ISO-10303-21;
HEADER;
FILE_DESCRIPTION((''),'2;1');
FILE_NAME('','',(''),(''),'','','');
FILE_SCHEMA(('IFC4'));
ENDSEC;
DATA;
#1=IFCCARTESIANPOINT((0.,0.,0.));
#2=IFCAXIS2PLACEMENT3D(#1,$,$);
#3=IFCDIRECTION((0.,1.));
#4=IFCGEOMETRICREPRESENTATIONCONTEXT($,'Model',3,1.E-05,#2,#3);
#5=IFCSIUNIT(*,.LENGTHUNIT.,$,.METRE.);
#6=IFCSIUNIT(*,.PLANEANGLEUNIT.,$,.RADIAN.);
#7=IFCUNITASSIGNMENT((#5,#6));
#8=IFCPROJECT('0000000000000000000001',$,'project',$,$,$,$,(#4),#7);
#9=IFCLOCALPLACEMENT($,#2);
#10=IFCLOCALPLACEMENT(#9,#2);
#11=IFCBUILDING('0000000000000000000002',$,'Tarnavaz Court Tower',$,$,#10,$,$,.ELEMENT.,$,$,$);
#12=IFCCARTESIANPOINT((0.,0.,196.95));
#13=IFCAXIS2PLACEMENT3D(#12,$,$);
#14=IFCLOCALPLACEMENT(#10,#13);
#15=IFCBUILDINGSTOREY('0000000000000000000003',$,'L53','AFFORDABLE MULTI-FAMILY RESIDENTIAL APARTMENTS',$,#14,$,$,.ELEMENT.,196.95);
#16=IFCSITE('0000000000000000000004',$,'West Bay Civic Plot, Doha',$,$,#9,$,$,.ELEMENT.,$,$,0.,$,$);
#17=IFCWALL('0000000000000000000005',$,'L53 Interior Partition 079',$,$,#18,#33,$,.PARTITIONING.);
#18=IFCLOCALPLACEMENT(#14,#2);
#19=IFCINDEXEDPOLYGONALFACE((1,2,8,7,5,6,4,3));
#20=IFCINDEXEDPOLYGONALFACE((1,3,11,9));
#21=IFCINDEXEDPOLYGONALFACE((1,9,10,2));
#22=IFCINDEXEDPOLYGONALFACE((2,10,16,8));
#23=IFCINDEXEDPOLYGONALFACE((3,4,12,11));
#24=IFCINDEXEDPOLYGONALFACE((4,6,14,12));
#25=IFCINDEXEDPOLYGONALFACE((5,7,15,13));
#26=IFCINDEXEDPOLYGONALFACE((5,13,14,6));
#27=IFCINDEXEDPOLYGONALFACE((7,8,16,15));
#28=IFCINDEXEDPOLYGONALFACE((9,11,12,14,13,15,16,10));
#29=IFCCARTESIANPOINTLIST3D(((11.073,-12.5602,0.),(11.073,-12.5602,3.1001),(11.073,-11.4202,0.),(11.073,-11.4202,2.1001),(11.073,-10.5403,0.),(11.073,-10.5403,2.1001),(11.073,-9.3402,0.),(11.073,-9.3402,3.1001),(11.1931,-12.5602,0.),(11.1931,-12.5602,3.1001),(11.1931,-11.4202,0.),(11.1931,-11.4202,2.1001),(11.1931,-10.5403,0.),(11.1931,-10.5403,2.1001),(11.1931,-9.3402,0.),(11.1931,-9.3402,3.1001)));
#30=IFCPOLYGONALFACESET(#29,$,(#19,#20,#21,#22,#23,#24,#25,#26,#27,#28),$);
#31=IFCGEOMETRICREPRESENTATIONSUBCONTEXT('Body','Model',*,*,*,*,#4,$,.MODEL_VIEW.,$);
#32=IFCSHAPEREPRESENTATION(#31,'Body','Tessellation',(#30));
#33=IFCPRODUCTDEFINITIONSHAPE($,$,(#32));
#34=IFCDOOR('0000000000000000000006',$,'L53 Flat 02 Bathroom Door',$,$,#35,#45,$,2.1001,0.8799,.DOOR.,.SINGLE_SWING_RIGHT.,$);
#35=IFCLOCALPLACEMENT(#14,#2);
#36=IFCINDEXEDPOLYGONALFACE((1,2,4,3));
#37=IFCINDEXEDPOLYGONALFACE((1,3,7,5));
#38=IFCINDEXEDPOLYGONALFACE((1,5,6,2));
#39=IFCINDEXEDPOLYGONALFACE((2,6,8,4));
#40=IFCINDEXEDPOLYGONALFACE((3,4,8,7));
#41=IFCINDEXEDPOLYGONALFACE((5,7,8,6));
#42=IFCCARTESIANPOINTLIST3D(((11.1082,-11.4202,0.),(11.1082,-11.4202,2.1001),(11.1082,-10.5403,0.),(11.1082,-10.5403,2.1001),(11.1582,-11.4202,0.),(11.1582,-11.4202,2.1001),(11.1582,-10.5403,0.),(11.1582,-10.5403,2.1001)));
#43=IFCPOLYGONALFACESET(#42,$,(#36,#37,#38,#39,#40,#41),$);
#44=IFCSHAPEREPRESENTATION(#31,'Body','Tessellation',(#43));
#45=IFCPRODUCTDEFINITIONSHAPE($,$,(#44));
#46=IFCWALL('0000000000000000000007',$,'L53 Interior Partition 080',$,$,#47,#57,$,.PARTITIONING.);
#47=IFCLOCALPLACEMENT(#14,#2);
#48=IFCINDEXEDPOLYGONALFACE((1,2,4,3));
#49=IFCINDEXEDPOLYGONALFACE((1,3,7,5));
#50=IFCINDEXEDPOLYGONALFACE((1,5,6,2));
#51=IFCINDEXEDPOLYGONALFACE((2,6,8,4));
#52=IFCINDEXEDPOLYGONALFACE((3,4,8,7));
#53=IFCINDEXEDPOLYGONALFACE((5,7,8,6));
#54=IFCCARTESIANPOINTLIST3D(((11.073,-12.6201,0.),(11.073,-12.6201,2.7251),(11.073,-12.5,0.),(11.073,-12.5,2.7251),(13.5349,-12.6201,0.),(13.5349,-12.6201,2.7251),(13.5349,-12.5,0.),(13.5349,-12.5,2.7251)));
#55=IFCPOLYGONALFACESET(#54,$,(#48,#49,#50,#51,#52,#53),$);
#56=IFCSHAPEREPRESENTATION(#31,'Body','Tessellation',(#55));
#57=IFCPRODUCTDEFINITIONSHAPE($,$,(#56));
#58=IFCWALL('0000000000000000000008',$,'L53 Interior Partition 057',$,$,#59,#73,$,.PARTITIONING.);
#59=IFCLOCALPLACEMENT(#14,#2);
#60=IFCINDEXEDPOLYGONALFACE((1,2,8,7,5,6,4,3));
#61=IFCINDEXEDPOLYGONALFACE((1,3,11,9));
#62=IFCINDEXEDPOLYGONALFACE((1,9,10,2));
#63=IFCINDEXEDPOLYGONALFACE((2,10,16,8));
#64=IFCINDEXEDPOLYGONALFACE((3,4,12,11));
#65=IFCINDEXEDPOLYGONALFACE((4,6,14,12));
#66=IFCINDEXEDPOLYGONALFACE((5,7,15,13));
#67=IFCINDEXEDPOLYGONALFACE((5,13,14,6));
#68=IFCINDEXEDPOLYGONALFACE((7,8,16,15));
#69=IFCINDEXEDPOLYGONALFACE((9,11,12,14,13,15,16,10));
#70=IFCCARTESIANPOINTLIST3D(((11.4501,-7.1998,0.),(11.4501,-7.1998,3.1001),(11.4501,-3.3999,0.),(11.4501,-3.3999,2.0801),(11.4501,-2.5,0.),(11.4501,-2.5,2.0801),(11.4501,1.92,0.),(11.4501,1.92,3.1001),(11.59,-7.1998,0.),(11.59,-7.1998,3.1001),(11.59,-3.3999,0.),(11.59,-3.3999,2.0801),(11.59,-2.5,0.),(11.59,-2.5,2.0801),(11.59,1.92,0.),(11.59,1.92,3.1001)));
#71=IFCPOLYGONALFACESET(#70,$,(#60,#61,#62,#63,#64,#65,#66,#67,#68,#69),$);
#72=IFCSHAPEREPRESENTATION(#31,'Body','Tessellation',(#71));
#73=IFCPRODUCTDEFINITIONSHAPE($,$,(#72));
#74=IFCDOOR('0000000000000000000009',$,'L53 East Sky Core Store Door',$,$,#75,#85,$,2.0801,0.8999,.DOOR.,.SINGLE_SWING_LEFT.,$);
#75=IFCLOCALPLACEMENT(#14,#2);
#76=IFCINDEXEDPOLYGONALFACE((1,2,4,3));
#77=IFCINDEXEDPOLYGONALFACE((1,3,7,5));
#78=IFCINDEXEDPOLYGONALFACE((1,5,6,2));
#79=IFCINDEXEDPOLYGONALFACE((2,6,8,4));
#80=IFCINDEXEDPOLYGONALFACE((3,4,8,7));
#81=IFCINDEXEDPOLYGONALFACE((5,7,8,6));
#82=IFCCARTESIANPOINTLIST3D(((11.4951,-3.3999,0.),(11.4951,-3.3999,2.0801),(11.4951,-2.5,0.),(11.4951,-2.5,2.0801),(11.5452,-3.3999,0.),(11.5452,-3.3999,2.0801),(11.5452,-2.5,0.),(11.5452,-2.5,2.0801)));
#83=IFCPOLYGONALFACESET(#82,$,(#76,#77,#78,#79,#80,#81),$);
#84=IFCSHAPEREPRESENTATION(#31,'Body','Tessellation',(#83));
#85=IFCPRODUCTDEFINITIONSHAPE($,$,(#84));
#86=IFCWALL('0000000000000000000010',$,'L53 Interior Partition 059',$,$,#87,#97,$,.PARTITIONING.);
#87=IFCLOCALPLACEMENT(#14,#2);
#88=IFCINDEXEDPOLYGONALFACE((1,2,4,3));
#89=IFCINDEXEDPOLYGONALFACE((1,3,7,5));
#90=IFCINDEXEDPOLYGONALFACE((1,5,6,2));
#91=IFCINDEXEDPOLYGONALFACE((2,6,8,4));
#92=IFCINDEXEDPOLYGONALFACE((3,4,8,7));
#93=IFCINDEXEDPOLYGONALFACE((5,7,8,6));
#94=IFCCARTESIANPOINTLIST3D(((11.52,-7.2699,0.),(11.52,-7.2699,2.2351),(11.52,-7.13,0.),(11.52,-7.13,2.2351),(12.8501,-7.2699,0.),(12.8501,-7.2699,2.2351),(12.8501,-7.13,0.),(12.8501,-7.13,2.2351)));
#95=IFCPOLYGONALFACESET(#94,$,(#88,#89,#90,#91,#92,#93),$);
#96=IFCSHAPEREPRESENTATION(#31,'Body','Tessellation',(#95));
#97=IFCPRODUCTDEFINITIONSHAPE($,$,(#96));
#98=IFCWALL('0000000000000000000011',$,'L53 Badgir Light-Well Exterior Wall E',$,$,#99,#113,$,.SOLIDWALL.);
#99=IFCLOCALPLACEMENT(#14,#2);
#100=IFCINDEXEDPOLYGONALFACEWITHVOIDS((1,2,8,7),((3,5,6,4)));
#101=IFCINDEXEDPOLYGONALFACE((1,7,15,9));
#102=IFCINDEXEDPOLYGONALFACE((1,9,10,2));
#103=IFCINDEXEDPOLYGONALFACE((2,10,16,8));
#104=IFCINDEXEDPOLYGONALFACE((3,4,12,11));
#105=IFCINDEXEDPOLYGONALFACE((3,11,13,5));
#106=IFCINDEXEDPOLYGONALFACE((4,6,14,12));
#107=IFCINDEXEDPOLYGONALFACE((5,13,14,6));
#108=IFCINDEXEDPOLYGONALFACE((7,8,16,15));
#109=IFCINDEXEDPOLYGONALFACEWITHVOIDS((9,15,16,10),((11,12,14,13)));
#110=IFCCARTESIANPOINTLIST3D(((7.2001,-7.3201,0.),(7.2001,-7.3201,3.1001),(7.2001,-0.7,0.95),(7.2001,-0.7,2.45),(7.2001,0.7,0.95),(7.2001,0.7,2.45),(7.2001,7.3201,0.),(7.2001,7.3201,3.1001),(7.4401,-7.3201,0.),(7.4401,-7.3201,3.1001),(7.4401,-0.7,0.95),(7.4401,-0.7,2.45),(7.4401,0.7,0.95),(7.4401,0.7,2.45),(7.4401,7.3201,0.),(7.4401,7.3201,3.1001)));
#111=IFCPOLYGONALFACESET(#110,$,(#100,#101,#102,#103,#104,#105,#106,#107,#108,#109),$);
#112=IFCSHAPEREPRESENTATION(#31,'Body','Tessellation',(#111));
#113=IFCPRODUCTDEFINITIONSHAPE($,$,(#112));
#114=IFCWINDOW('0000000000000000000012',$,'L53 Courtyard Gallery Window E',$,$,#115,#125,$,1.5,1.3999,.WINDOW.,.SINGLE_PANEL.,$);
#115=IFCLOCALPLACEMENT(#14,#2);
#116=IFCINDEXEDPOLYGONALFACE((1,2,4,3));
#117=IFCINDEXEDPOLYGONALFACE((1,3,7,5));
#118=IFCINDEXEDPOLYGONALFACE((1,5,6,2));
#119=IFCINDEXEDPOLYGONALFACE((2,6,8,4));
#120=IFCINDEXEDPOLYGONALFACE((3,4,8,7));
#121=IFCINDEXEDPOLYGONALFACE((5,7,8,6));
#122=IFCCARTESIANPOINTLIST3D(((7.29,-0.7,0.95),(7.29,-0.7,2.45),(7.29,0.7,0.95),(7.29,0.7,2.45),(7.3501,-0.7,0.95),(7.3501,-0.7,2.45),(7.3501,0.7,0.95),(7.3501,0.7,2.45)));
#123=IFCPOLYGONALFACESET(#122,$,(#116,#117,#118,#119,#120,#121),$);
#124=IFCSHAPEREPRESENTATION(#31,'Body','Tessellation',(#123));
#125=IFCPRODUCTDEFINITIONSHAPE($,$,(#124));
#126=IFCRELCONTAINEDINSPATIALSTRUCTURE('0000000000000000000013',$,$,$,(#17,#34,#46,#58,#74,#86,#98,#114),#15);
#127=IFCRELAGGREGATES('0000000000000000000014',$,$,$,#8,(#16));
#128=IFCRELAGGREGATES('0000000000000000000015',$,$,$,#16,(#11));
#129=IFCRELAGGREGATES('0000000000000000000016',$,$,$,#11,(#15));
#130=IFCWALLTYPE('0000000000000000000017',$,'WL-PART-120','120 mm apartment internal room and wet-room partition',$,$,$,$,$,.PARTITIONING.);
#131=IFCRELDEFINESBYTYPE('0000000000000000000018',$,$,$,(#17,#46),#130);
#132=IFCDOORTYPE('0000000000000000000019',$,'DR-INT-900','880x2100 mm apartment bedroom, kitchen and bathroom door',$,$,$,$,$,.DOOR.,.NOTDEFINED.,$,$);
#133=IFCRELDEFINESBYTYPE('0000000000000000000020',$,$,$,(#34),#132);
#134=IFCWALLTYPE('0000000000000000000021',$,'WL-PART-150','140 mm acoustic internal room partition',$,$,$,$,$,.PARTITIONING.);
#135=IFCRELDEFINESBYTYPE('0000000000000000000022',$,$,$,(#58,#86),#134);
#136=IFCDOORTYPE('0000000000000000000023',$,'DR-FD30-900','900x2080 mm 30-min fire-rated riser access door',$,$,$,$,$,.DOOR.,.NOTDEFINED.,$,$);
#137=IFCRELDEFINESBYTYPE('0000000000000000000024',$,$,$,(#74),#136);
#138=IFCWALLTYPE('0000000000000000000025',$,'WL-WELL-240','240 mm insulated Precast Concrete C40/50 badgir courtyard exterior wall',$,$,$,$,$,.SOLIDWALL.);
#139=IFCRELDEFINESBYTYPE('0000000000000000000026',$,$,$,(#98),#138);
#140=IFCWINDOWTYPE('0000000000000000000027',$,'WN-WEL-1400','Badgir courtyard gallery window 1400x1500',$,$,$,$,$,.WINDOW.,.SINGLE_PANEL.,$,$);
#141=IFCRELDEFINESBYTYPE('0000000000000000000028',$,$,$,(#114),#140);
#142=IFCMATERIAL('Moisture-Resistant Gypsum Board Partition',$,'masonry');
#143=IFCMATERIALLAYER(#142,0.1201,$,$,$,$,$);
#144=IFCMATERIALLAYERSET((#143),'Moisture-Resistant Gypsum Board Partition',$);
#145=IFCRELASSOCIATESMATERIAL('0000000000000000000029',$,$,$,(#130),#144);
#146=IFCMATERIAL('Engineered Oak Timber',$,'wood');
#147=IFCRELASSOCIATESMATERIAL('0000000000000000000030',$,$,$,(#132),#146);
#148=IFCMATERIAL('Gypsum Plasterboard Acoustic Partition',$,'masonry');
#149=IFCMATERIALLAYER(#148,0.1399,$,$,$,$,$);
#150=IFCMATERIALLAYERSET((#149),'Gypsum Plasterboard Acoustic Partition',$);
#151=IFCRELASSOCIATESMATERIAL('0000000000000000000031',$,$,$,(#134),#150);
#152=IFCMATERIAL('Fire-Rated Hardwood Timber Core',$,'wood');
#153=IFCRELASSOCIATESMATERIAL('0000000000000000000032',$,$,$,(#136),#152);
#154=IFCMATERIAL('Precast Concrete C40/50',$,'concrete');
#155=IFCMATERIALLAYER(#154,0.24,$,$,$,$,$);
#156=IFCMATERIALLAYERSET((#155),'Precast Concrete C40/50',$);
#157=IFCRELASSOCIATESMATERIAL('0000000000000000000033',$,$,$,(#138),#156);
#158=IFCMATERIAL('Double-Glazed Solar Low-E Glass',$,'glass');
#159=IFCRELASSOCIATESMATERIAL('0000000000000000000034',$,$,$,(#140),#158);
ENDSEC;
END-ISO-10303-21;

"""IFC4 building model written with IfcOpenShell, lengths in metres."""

from ifc_helpers import new_model, si_unit, direction, frame, frame_2d, origin, place, context, subcontext, project, spatial, rectangle, extrude, material, layer, layer_set, type_object, element, fill, save


model = new_model("IFC4")

# Units and contexts
model_context = context("Model", 3, precision=1e-05, world=origin(), true_north=direction((0.0, 1.0)))
body_context = subcontext(model_context, "Body", "Model", "MODEL_VIEW")
ifc_project = project(units=[si_unit("LENGTHUNIT", "METRE"), si_unit("PLANEANGLEUNIT", "RADIAN")], contexts=[model_context])

# Site, building, storey
site_placement = place(None, origin())
site = spatial("IfcSite", under=ifc_project, at=site_placement, Name="West Bay Civic Plot, Doha", CompositionType="ELEMENT", RefElevation=0.0)
building_placement = place(site_placement, origin())
building = spatial("IfcBuilding", under=site, at=building_placement, Name="Tarnavaz Court Tower", CompositionType="ELEMENT")
storey_placement = place(building_placement, frame((0.0, 0.0, 196.95)))
storey = spatial("IfcBuildingStorey", under=building, at=storey_placement, Name="L53", Description="AFFORDABLE MULTI-FAMILY RESIDENTIAL APARTMENTS", CompositionType="ELEMENT", Elevation=196.95)

# Shared definitions
ifc_material_1 = material(Name="Fire-Rated Hardwood Timber Core", Category="wood")

# Wall, opening, door
ifc_material_2 = material(Name="Moisture-Resistant Gypsum Board Partition", Category="masonry")
ifc_layer_1 = layer(ifc_material_2, 0.1201)
ifc_layer_set_1 = layer_set([ifc_layer_1], Name="Moisture-Resistant Gypsum Board Partition")
wall_type_1 = type_object("IfcWallType", Name="WL-PART-120", Description="120 mm apartment internal room and wet-room partition", PredefinedType="PARTITIONING", material=ifc_layer_set_1)
wall_1_placement = place(storey_placement, frame((11.1331, -12.5601, 0.0), z_axis=(0.0, 0.0, 1.0), x_axis=(0.0, 1.0, 0.0)))
wall_1 = element("IfcWall", 1, at=wall_1_placement, inside=storey, type_object=wall_type_1, Name="L53 Interior Partition 079", PredefinedType="PARTITIONING", context=body_context, shape_type="SweptSolid", body=[
    extrude(rectangle(XDim=3.22, YDim=0.1201, at=frame_2d((1.6099, 0.0))), origin(), (0.0, 0.0, 1.0), 3.1001),
])
opening_1_placement = place(wall_1_placement, frame((1.1399, 0.0, 0.0)))
opening_1 = element("IfcOpeningElement", 2, at=opening_1_placement, cuts=wall_1, PredefinedType="OPENING", context=body_context, shape_type="SweptSolid", body=[
    extrude(rectangle(XDim=0.8799, YDim=2.1001, at=frame_2d((0.4399, 1.05))), frame((0.0, 0.0701, 0.0), z_axis=(0.0, -1.0, 0.0), x_axis=(1.0, 0.0, 0.0)), (0.0, 0.0, 1.0), 0.1401),
])
ifc_material_3 = material(Name="Engineered Oak Timber", Category="wood")
door_type_1 = type_object("IfcDoorType", Name="DR-INT-900", Description="880x2100 mm apartment bedroom, kitchen and bathroom door", OperationType="NOTDEFINED", PredefinedType="DOOR", material=ifc_material_3)
door_1_placement = place(opening_1_placement, origin())
door_1 = element("IfcDoor", 3, at=door_1_placement, inside=storey, type_object=door_type_1, Name="L53 Flat 02 Bathroom Door", OperationType="SINGLE_SWING_RIGHT", OverallHeight=2.1001, OverallWidth=0.8799, PredefinedType="DOOR", context=body_context, shape_type="SweptSolid", body=[
    extrude(rectangle(XDim=0.8799, YDim=2.1001, at=frame_2d((0.4399, 1.05))), frame((0.0, 0.0249, 0.0), z_axis=(0.0, -1.0, 0.0), x_axis=(1.0, 0.0, 0.0)), (0.0, 0.0, 1.0), 0.05),
])
fill(opening_1, door_1)

# Wall
wall_2_placement = place(storey_placement, frame((11.073, -12.5601, 0.0), z_axis=(0.0, 0.0, 1.0), x_axis=(1.0, 0.0, 0.0)))
element("IfcWall", 4, at=wall_2_placement, inside=storey, type_object=wall_type_1, Name="L53 Interior Partition 080", PredefinedType="PARTITIONING", context=body_context, shape_type="SweptSolid", body=[
    extrude(rectangle(XDim=2.4619, YDim=0.1201, at=frame_2d((1.231, 0.0))), origin(), (0.0, 0.0, 1.0), 2.7251),
])

# Wall, opening, door
ifc_material_4 = material(Name="Gypsum Plasterboard Acoustic Partition", Category="masonry")
ifc_layer_2 = layer(ifc_material_4, 0.1399)
ifc_layer_set_2 = layer_set([ifc_layer_2], Name="Gypsum Plasterboard Acoustic Partition")
wall_type_2 = type_object("IfcWallType", Name="WL-PART-150", Description="140 mm acoustic internal room partition", PredefinedType="PARTITIONING", material=ifc_layer_set_2)
wall_3_placement = place(storey_placement, frame((11.52, -7.2, 0.0), z_axis=(0.0, 0.0, 1.0), x_axis=(0.0, 1.0, 0.0)))
wall_3 = element("IfcWall", 5, at=wall_3_placement, inside=storey, type_object=wall_type_2, Name="L53 Interior Partition 057", PredefinedType="PARTITIONING", context=body_context, shape_type="SweptSolid", body=[
    extrude(rectangle(XDim=9.1199, YDim=0.1399, at=frame_2d((4.5601, 0.0))), origin(), (0.0, 0.0, 1.0), 3.1001),
])
opening_2_placement = place(wall_3_placement, frame((3.8, 0.0, 0.0)))
opening_2 = element("IfcOpeningElement", 6, at=opening_2_placement, cuts=wall_3, PredefinedType="OPENING", context=body_context, shape_type="SweptSolid", body=[
    extrude(rectangle(XDim=0.8999, YDim=2.0801, at=frame_2d((0.45, 1.04))), frame((0.0, 0.0798, 0.0), z_axis=(0.0, -1.0, 0.0), x_axis=(1.0, 0.0, 0.0)), (0.0, 0.0, 1.0), 0.1599),
])
door_type_2 = type_object("IfcDoorType", Name="DR-FD30-900", Description="900x2080 mm 30-min fire-rated riser access door", OperationType="NOTDEFINED", PredefinedType="DOOR", material=ifc_material_1)
door_2_placement = place(opening_2_placement, origin())
door_2 = element("IfcDoor", 7, at=door_2_placement, inside=storey, type_object=door_type_2, Name="L53 East Sky Core Store Door", OperationType="SINGLE_SWING_LEFT", OverallHeight=2.0801, OverallWidth=0.8999, PredefinedType="DOOR", context=body_context, shape_type="SweptSolid", body=[
    extrude(rectangle(XDim=0.8999, YDim=2.0801, at=frame_2d((0.45, 1.04))), frame((0.0, 0.0249, 0.0), z_axis=(0.0, -1.0, 0.0), x_axis=(1.0, 0.0, 0.0)), (0.0, 0.0, 1.0), 0.05),
])
fill(opening_2, door_2)

# Wall
wall_4_placement = place(storey_placement, frame((11.52, -7.2, 0.0), z_axis=(0.0, 0.0, 1.0), x_axis=(1.0, 0.0, 0.0)))
element("IfcWall", 8, at=wall_4_placement, inside=storey, type_object=wall_type_2, Name="L53 Interior Partition 059", PredefinedType="PARTITIONING", context=body_context, shape_type="SweptSolid", body=[
    extrude(rectangle(XDim=1.3301, YDim=0.1399, at=frame_2d((0.665, 0.0))), origin(), (0.0, 0.0, 1.0), 2.2351),
])

# Wall, opening, window
ifc_material_5 = material(Name="Precast Concrete C40/50", Category="concrete")
ifc_layer_3 = layer(ifc_material_5, 0.24)
ifc_layer_set_3 = layer_set([ifc_layer_3], Name="Precast Concrete C40/50")
wall_type_3 = type_object("IfcWallType", Name="WL-WELL-240", Description="240 mm insulated Precast Concrete C40/50 badgir courtyard exterior wall", PredefinedType="SOLIDWALL", material=ifc_layer_set_3)
wall_5_placement = place(storey_placement, frame((7.3201, -7.3201, 0.0), z_axis=(0.0, 0.0, 1.0), x_axis=(0.0, 1.0, 0.0)))
wall_5 = element("IfcWall", 9, at=wall_5_placement, inside=storey, type_object=wall_type_3, Name="L53 Badgir Light-Well Exterior Wall E", PredefinedType="SOLIDWALL", context=body_context, shape_type="SweptSolid", body=[
    extrude(rectangle(XDim=14.6401, YDim=0.24, at=frame_2d((7.3201, 0.0))), origin(), (0.0, 0.0, 1.0), 3.1001),
])
opening_3_placement = place(wall_5_placement, frame((6.6201, 0.0, 0.95)))
opening_3 = element("IfcOpeningElement", 10, at=opening_3_placement, cuts=wall_5, PredefinedType="OPENING", context=body_context, shape_type="SweptSolid", body=[
    extrude(rectangle(XDim=1.3999, YDim=1.5, at=frame_2d((0.7, 0.75))), frame((0.0, 0.1299, 0.0), z_axis=(0.0, -1.0, 0.0), x_axis=(1.0, 0.0, 0.0)), (0.0, 0.0, 1.0), 0.26),
])
ifc_material_6 = material(Name="Double-Glazed Solar Low-E Glass", Category="glass")
window_type = type_object("IfcWindowType", Name="WN-WEL-1400", Description="Badgir courtyard gallery window 1400x1500", PartitioningType="SINGLE_PANEL", PredefinedType="WINDOW", material=ifc_material_6)
window_placement = place(opening_3_placement, origin())
window = element("IfcWindow", 11, at=window_placement, inside=storey, type_object=window_type, Name="L53 Courtyard Gallery Window E", OverallHeight=1.5, OverallWidth=1.3999, PartitioningType="SINGLE_PANEL", PredefinedType="WINDOW", context=body_context, shape_type="SweptSolid", body=[
    extrude(rectangle(XDim=1.3999, YDim=1.5, at=frame_2d((0.7, 0.75))), frame((0.0, 0.03, 0.0), z_axis=(0.0, -1.0, 0.0), x_axis=(1.0, 0.0, 0.0)), (0.0, 0.0, 1.0), 0.0601),
])
fill(opening_3, window)

save(model, "model.ifc")
